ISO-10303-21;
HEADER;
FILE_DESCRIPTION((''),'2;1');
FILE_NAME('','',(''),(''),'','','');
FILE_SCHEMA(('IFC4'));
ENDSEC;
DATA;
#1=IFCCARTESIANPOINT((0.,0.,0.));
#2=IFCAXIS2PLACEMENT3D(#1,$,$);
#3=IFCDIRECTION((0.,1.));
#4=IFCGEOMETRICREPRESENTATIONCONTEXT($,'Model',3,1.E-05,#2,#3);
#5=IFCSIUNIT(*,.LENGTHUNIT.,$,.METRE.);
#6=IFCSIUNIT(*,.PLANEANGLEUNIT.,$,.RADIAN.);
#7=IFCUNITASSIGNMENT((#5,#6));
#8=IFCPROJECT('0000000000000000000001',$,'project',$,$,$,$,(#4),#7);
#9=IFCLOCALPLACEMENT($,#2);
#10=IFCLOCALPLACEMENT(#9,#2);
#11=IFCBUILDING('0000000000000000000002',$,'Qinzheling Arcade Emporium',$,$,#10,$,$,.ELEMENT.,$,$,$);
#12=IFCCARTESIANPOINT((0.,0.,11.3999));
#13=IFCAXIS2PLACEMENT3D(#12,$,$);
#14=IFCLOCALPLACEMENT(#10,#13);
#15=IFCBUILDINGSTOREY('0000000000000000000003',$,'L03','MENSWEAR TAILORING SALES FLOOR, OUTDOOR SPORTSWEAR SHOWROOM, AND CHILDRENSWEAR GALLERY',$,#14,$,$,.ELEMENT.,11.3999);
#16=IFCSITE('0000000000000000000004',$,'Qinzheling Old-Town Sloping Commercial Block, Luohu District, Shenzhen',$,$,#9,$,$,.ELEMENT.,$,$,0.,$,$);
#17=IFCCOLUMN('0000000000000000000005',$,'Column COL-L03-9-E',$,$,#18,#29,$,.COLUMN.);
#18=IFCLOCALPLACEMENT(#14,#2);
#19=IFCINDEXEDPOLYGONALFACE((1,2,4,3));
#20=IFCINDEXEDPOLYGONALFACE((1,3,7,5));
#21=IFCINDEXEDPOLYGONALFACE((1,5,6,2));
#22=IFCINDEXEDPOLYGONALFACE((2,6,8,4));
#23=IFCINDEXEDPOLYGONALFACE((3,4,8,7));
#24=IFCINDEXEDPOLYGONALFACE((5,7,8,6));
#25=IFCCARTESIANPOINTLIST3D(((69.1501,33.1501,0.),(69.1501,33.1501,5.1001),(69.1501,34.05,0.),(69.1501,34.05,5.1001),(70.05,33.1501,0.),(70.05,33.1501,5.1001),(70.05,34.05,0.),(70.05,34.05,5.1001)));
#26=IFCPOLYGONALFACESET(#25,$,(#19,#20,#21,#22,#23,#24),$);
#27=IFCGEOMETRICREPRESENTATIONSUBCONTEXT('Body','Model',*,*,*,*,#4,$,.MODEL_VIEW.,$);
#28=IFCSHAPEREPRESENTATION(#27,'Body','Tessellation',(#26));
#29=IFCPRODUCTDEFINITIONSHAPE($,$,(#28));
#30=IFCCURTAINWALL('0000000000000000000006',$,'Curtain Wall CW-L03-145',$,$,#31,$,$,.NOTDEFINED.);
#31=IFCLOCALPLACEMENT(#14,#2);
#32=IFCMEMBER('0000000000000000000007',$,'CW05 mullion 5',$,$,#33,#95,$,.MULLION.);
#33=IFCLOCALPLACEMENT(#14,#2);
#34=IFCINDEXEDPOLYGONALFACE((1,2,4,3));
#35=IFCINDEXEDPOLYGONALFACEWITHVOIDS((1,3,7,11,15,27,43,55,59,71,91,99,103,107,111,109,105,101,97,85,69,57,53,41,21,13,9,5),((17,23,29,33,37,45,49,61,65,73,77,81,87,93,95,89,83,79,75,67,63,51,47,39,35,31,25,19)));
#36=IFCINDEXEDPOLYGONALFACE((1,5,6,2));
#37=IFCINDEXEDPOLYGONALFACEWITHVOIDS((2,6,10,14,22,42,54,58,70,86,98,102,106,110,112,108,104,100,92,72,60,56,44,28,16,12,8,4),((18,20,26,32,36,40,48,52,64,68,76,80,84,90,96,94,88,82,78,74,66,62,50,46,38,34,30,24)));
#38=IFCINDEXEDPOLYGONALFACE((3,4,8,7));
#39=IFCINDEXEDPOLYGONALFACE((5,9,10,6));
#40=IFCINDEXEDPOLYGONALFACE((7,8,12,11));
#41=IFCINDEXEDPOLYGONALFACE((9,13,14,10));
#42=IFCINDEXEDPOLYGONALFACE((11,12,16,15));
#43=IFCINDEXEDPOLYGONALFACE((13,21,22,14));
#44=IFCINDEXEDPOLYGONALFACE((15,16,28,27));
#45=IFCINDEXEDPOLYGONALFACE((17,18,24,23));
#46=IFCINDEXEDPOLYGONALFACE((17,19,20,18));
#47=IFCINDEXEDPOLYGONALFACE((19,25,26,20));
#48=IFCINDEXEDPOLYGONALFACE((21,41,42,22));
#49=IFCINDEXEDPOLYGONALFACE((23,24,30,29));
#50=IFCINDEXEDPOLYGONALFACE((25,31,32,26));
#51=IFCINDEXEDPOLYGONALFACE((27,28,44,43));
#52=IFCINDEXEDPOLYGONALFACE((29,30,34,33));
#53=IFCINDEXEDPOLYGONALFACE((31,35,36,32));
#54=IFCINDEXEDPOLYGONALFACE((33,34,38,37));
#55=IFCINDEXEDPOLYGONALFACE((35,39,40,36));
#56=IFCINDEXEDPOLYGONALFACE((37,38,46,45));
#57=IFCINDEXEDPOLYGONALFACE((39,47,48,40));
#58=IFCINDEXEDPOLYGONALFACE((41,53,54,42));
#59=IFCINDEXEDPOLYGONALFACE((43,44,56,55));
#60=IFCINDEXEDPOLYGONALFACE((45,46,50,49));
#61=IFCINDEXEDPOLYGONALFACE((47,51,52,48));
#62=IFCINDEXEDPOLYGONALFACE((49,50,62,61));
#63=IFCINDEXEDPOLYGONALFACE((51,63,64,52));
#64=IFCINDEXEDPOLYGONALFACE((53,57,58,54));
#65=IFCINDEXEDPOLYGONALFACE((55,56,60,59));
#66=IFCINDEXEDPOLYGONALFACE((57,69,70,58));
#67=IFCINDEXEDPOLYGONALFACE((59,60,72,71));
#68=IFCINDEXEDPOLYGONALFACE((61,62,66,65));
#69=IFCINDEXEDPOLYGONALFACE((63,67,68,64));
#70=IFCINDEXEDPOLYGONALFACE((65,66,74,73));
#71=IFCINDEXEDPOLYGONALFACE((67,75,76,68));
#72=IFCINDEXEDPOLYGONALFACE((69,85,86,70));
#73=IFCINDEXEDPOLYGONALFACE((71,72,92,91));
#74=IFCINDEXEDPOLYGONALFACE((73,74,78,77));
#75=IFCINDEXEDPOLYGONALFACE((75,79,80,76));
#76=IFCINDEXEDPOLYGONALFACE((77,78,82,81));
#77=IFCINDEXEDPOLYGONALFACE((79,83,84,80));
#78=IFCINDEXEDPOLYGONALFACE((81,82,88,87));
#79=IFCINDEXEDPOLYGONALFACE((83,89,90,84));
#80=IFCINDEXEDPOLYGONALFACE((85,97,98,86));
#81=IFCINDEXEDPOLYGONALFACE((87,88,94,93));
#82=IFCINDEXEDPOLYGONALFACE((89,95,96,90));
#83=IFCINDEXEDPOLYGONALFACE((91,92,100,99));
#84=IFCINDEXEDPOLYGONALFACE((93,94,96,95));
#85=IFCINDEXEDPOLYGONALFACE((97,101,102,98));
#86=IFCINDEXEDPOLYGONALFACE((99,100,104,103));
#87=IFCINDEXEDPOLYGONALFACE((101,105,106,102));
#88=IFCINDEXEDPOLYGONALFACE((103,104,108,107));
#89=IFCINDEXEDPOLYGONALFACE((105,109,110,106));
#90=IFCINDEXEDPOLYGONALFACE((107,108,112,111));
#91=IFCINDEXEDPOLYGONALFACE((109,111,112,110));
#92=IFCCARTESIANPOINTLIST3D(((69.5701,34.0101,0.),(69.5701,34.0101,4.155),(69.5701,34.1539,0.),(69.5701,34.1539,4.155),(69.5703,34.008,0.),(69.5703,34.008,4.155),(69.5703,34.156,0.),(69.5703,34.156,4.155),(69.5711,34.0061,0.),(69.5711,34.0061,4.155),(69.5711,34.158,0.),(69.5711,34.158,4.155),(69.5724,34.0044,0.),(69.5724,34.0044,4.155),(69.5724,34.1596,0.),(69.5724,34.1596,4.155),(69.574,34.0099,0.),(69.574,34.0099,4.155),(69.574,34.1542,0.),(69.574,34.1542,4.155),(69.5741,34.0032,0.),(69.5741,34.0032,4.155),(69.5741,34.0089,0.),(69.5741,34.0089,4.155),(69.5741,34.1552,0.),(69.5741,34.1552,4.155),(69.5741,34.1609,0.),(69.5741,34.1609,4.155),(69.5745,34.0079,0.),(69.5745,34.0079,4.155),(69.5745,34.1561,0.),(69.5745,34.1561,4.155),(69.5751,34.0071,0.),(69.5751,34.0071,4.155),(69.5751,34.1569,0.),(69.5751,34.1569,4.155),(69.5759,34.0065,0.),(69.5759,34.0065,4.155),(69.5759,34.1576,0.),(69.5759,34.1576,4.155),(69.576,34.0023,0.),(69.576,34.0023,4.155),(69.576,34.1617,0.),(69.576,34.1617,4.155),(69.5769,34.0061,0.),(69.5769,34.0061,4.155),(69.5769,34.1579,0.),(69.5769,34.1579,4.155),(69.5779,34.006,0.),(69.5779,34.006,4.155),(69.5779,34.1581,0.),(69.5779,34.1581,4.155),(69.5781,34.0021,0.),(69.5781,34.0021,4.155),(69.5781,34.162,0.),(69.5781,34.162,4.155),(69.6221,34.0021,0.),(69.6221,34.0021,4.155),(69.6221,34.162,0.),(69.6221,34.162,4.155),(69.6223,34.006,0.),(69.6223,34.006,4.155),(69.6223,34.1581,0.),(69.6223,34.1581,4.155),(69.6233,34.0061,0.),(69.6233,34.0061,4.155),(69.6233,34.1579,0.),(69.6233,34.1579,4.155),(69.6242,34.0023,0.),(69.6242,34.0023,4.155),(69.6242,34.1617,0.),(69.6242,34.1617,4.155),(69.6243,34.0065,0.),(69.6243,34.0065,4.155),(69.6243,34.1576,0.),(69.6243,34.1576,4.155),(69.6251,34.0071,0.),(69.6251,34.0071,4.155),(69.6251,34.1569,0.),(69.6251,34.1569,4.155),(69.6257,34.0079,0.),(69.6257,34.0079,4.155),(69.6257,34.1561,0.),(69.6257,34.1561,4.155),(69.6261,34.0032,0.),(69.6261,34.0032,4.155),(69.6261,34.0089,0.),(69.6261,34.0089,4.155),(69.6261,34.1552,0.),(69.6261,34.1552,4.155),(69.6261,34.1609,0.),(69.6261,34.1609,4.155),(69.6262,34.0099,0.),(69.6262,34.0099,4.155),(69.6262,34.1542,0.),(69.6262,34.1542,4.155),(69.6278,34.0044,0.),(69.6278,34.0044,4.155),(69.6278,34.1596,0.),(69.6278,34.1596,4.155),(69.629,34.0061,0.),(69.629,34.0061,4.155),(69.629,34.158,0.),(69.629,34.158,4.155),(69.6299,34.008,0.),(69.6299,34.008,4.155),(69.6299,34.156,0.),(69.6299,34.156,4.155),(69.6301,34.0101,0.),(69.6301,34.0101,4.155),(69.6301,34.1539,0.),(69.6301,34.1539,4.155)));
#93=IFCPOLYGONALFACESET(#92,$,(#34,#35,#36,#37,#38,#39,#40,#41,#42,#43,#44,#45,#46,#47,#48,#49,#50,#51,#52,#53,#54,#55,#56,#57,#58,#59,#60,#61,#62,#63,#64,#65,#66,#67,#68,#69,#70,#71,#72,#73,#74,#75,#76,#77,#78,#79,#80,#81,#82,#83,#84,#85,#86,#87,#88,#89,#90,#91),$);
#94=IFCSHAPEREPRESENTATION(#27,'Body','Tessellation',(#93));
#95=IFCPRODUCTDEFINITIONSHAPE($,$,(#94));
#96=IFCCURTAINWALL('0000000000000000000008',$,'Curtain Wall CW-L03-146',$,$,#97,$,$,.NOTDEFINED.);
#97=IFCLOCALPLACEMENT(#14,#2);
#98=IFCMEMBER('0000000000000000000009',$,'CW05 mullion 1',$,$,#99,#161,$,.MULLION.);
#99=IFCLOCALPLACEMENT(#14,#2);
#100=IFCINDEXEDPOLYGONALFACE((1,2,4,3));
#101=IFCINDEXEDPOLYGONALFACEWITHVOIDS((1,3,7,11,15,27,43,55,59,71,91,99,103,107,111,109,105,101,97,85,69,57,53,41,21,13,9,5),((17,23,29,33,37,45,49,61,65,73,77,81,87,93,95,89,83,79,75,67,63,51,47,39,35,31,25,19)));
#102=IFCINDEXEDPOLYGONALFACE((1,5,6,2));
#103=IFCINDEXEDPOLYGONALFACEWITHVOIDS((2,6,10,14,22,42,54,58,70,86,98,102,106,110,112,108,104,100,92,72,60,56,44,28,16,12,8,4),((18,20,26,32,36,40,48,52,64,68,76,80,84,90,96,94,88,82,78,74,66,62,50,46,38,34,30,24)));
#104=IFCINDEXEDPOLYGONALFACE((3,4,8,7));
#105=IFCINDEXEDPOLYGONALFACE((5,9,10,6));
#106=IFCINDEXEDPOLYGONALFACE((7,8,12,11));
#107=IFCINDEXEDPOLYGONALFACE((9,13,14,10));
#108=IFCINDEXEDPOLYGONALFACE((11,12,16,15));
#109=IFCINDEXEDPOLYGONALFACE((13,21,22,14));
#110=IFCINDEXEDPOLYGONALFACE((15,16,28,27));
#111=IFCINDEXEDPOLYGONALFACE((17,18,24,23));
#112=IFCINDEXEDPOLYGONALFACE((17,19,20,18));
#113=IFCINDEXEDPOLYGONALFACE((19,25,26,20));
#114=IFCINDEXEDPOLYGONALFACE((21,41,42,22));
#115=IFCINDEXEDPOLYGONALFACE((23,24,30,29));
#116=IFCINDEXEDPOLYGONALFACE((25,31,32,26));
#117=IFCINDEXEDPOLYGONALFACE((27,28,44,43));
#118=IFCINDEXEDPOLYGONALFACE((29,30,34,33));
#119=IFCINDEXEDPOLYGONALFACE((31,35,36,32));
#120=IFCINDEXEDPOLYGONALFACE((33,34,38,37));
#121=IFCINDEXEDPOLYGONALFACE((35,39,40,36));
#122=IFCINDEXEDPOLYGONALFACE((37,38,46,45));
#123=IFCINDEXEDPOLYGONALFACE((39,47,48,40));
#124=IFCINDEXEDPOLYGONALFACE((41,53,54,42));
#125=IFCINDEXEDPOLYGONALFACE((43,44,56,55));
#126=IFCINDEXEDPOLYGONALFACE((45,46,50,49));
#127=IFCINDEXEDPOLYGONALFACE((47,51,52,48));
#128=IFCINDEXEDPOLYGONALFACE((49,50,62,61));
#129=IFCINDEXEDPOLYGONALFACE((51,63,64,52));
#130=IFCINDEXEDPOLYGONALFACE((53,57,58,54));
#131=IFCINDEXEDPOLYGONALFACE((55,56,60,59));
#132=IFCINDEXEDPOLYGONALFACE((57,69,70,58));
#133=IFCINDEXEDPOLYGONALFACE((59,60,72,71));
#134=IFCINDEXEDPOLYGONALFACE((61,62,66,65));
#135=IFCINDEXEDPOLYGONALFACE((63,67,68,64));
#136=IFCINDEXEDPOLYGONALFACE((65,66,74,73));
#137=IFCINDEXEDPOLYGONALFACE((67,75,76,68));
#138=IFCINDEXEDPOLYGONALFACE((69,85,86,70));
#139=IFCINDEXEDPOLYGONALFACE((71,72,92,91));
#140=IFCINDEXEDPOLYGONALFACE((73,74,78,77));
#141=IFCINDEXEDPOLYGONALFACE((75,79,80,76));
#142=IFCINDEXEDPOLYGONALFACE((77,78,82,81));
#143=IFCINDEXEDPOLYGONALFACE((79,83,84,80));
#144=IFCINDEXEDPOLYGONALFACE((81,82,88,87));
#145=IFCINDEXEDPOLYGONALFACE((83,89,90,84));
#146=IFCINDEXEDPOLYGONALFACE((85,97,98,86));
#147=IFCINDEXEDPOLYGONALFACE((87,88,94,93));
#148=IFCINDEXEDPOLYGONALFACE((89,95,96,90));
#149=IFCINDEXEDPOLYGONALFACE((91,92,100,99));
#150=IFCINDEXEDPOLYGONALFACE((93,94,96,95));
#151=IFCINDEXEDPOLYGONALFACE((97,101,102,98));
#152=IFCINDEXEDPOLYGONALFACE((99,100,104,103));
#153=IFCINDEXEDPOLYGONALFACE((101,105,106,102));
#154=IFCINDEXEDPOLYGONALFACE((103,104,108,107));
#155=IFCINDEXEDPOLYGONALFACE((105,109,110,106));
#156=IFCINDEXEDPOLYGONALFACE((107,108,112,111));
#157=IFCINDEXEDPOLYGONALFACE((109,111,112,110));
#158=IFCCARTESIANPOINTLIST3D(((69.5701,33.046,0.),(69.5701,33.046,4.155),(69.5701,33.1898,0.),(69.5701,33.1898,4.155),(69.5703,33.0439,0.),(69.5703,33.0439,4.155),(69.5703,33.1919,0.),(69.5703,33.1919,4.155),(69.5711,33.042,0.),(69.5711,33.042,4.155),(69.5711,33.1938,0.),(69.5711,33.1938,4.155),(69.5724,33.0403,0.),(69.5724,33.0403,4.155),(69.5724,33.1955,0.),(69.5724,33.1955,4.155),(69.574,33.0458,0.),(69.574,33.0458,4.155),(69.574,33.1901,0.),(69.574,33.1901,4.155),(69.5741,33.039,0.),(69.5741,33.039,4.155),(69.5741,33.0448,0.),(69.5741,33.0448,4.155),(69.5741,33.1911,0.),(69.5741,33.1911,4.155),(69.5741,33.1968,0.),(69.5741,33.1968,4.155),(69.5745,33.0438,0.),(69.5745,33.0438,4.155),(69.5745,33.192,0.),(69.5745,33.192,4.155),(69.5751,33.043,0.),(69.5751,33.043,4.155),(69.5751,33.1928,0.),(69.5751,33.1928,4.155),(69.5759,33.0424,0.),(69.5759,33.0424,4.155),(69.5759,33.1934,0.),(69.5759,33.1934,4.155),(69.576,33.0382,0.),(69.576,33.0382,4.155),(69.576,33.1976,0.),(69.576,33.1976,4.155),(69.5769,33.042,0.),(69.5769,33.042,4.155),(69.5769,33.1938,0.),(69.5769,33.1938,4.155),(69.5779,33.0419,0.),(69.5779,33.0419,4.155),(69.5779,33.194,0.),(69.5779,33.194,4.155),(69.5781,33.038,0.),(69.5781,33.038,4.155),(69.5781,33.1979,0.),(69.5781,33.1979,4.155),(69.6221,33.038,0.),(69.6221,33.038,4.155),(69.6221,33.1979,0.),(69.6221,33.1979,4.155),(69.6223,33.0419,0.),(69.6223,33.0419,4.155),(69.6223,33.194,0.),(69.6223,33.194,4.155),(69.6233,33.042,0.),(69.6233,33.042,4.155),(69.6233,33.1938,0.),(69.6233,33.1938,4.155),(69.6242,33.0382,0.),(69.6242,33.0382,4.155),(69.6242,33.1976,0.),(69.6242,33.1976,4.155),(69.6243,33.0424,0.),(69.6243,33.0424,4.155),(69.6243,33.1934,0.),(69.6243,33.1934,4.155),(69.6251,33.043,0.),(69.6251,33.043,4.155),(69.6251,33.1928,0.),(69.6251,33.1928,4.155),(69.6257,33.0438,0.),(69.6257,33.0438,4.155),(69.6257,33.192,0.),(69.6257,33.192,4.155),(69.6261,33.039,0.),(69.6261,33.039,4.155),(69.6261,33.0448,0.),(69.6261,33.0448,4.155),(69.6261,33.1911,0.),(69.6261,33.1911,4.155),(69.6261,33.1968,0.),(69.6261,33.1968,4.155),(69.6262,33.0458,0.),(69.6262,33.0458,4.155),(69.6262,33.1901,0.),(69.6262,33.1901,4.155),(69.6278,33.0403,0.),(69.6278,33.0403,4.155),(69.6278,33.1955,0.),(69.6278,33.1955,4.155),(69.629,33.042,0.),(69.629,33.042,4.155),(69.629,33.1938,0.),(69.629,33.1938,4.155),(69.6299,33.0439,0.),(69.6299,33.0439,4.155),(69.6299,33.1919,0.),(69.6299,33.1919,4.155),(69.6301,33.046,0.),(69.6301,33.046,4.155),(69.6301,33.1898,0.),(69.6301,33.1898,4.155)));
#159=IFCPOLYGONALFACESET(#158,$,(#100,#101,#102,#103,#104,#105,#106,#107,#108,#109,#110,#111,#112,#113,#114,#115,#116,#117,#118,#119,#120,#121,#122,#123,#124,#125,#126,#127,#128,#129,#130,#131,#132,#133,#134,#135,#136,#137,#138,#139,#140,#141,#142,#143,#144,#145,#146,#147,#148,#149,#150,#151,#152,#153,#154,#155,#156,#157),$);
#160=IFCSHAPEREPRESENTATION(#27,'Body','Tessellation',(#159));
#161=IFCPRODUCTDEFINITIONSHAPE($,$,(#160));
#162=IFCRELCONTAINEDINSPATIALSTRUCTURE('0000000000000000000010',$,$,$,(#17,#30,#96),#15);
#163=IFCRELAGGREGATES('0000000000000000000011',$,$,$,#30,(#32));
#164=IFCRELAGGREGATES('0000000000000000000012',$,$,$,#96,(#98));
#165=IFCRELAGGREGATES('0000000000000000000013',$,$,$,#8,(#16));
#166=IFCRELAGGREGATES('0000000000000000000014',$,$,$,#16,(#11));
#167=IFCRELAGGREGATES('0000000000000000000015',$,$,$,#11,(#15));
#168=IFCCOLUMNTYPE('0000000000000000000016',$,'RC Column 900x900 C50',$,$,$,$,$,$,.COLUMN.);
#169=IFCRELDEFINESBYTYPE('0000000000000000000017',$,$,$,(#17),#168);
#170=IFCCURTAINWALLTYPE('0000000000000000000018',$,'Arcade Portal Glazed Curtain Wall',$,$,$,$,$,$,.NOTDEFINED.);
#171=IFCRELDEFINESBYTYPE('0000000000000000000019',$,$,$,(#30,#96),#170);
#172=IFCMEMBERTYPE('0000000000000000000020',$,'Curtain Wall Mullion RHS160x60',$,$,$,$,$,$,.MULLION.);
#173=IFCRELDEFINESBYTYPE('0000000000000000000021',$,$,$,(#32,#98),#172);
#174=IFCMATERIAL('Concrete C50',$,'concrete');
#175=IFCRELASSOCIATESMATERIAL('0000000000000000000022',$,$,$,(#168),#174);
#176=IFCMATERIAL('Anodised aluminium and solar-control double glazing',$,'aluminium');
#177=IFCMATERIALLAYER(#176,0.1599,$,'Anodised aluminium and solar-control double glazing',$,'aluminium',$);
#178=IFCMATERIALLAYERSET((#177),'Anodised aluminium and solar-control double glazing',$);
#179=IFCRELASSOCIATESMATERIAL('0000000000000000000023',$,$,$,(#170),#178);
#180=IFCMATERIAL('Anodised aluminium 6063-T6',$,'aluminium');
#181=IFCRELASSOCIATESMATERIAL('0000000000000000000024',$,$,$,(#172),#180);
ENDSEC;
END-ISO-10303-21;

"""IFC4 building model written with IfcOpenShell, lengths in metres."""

from ifc_helpers import new_model, si_unit, direction, frame, origin, origin_2d, place, context, subcontext, project, spatial, rectangle, hollow_rectangle, extrude, material, layer, layer_set, material_profile, profile_set, type_object, element, aggregate, save


model = new_model("IFC4")

# Units and contexts
model_context = context("Model", 3, precision=1e-05, world=origin(), true_north=direction((0.0, 1.0)))
body_context = subcontext(model_context, "Body", "Model", "MODEL_VIEW")
ifc_project = project(units=[si_unit("LENGTHUNIT", "METRE"), si_unit("PLANEANGLEUNIT", "RADIAN")], contexts=[model_context])

# Site, building, storey
site_placement = place(None, origin())
site = spatial("IfcSite", under=ifc_project, at=site_placement, Name="Qinzheling Old-Town Sloping Commercial Block, Luohu District, Shenzhen", CompositionType="ELEMENT", RefElevation=0.0)
building_placement = place(site_placement, origin())
building = spatial("IfcBuilding", under=site, at=building_placement, Name="Qinzheling Arcade Emporium", CompositionType="ELEMENT")
storey_placement = place(building_placement, frame((0.0, 0.0, 11.3999)))
storey = spatial("IfcBuildingStorey", under=building, at=storey_placement, Name="L03", Description="MENSWEAR TAILORING SALES FLOOR, OUTDOOR SPORTSWEAR SHOWROOM, AND CHILDRENSWEAR GALLERY", CompositionType="ELEMENT", Elevation=11.3999)

# Column
ifc_material_1 = material(Name="Concrete C50", Category="concrete")
ifc_material_profile_1 = material_profile(ifc_material_1, rectangle(XDim=0.8999, YDim=0.8999, at=origin_2d()), Name="RC 900x900", Category="concrete")
ifc_profile_set_1 = profile_set([ifc_material_profile_1], Name="Concrete C50")
column_type = type_object("IfcColumnType", Name="RC Column 900x900 C50", PredefinedType="COLUMN", material=ifc_profile_set_1)
column_placement = place(storey_placement, frame((69.6001, 33.6001, 0.0), z_axis=(0.0, 0.0, 1.0), x_axis=(1.0, 0.0, 0.0)))
element("IfcColumn", 1, at=column_placement, inside=storey, type_object=column_type, Name="Column COL-L03-9-E", PredefinedType="COLUMN", context=body_context, shape_type="SweptSolid", body=[
    extrude(rectangle(XDim=0.8999, YDim=0.8999, at=origin_2d()), origin(), (0.0, 0.0, 1.0), 5.1001),
])

# Curtain wall, member
ifc_material_2 = material(Name="Anodised aluminium and solar-control double glazing", Category="aluminium")
ifc_layer_1 = layer(ifc_material_2, 0.1599, Name="Anodised aluminium and solar-control double glazing", Category="aluminium")
ifc_layer_set_1 = layer_set([ifc_layer_1], Name="Anodised aluminium and solar-control double glazing")
curtain_wall_type = type_object("IfcCurtainWallType", Name="Arcade Portal Glazed Curtain Wall", PredefinedType="NOTDEFINED", material=ifc_layer_set_1)
curtain_wall_1_placement = place(storey_placement, origin())
curtain_wall_1 = element("IfcCurtainWall", 2, at=curtain_wall_1_placement, inside=storey, type_object=curtain_wall_type, Name="Curtain Wall CW-L03-145", PredefinedType="NOTDEFINED")
ifc_material_3 = material(Name="Anodised aluminium 6063-T6", Category="aluminium")
ifc_material_profile_2 = material_profile(ifc_material_3, hollow_rectangle(XDim=0.0601, YDim=0.1599, WallThickness=0.0039, InnerFilletRadius=0.0039, OuterFilletRadius=0.0081, at=origin_2d()), Name="RHS 160x60x4", Category="aluminium")
ifc_profile_set_2 = profile_set([ifc_material_profile_2], Name="Anodised aluminium 6063-T6")
member_type_1 = type_object("IfcMemberType", Name="Curtain Wall Mullion RHS160x60", PredefinedType="MULLION", material=ifc_profile_set_2)
member_1_placement = place(storey_placement, frame((69.6001, 34.082, 0.0), z_axis=(0.0, 0.0, 1.0), x_axis=(1.0, 0.0, 0.0)))
member_1 = element("IfcMember", 3, at=member_1_placement, type_object=member_type_1, Name="CW05 mullion 5", PredefinedType="MULLION", context=body_context, shape_type="SweptSolid", body=[
    extrude(hollow_rectangle(XDim=0.0601, YDim=0.1599, WallThickness=0.0039, InnerFilletRadius=0.0039, OuterFilletRadius=0.0081, at=origin_2d()), origin(), (0.0, 0.0, 1.0), 4.155),
])

# Curtain wall, member
curtain_wall_2_placement = place(storey_placement, origin())
curtain_wall_2 = element("IfcCurtainWall", 4, at=curtain_wall_2_placement, inside=storey, type_object=curtain_wall_type, Name="Curtain Wall CW-L03-146", PredefinedType="NOTDEFINED")
member_2_placement = place(storey_placement, frame((69.6001, 33.1179, 0.0), z_axis=(0.0, 0.0, 1.0), x_axis=(1.0, 0.0, 0.0)))
member_2 = element("IfcMember", 5, at=member_2_placement, type_object=member_type_1, Name="CW05 mullion 1", PredefinedType="MULLION", context=body_context, shape_type="SweptSolid", body=[
    extrude(hollow_rectangle(XDim=0.0601, YDim=0.1599, WallThickness=0.0039, InnerFilletRadius=0.0039, OuterFilletRadius=0.0081, at=origin_2d()), origin(), (0.0, 0.0, 1.0), 4.155),
])

aggregate(curtain_wall_1, [member_1])
aggregate(curtain_wall_2, [member_2])

save(model, "model.ifc")
